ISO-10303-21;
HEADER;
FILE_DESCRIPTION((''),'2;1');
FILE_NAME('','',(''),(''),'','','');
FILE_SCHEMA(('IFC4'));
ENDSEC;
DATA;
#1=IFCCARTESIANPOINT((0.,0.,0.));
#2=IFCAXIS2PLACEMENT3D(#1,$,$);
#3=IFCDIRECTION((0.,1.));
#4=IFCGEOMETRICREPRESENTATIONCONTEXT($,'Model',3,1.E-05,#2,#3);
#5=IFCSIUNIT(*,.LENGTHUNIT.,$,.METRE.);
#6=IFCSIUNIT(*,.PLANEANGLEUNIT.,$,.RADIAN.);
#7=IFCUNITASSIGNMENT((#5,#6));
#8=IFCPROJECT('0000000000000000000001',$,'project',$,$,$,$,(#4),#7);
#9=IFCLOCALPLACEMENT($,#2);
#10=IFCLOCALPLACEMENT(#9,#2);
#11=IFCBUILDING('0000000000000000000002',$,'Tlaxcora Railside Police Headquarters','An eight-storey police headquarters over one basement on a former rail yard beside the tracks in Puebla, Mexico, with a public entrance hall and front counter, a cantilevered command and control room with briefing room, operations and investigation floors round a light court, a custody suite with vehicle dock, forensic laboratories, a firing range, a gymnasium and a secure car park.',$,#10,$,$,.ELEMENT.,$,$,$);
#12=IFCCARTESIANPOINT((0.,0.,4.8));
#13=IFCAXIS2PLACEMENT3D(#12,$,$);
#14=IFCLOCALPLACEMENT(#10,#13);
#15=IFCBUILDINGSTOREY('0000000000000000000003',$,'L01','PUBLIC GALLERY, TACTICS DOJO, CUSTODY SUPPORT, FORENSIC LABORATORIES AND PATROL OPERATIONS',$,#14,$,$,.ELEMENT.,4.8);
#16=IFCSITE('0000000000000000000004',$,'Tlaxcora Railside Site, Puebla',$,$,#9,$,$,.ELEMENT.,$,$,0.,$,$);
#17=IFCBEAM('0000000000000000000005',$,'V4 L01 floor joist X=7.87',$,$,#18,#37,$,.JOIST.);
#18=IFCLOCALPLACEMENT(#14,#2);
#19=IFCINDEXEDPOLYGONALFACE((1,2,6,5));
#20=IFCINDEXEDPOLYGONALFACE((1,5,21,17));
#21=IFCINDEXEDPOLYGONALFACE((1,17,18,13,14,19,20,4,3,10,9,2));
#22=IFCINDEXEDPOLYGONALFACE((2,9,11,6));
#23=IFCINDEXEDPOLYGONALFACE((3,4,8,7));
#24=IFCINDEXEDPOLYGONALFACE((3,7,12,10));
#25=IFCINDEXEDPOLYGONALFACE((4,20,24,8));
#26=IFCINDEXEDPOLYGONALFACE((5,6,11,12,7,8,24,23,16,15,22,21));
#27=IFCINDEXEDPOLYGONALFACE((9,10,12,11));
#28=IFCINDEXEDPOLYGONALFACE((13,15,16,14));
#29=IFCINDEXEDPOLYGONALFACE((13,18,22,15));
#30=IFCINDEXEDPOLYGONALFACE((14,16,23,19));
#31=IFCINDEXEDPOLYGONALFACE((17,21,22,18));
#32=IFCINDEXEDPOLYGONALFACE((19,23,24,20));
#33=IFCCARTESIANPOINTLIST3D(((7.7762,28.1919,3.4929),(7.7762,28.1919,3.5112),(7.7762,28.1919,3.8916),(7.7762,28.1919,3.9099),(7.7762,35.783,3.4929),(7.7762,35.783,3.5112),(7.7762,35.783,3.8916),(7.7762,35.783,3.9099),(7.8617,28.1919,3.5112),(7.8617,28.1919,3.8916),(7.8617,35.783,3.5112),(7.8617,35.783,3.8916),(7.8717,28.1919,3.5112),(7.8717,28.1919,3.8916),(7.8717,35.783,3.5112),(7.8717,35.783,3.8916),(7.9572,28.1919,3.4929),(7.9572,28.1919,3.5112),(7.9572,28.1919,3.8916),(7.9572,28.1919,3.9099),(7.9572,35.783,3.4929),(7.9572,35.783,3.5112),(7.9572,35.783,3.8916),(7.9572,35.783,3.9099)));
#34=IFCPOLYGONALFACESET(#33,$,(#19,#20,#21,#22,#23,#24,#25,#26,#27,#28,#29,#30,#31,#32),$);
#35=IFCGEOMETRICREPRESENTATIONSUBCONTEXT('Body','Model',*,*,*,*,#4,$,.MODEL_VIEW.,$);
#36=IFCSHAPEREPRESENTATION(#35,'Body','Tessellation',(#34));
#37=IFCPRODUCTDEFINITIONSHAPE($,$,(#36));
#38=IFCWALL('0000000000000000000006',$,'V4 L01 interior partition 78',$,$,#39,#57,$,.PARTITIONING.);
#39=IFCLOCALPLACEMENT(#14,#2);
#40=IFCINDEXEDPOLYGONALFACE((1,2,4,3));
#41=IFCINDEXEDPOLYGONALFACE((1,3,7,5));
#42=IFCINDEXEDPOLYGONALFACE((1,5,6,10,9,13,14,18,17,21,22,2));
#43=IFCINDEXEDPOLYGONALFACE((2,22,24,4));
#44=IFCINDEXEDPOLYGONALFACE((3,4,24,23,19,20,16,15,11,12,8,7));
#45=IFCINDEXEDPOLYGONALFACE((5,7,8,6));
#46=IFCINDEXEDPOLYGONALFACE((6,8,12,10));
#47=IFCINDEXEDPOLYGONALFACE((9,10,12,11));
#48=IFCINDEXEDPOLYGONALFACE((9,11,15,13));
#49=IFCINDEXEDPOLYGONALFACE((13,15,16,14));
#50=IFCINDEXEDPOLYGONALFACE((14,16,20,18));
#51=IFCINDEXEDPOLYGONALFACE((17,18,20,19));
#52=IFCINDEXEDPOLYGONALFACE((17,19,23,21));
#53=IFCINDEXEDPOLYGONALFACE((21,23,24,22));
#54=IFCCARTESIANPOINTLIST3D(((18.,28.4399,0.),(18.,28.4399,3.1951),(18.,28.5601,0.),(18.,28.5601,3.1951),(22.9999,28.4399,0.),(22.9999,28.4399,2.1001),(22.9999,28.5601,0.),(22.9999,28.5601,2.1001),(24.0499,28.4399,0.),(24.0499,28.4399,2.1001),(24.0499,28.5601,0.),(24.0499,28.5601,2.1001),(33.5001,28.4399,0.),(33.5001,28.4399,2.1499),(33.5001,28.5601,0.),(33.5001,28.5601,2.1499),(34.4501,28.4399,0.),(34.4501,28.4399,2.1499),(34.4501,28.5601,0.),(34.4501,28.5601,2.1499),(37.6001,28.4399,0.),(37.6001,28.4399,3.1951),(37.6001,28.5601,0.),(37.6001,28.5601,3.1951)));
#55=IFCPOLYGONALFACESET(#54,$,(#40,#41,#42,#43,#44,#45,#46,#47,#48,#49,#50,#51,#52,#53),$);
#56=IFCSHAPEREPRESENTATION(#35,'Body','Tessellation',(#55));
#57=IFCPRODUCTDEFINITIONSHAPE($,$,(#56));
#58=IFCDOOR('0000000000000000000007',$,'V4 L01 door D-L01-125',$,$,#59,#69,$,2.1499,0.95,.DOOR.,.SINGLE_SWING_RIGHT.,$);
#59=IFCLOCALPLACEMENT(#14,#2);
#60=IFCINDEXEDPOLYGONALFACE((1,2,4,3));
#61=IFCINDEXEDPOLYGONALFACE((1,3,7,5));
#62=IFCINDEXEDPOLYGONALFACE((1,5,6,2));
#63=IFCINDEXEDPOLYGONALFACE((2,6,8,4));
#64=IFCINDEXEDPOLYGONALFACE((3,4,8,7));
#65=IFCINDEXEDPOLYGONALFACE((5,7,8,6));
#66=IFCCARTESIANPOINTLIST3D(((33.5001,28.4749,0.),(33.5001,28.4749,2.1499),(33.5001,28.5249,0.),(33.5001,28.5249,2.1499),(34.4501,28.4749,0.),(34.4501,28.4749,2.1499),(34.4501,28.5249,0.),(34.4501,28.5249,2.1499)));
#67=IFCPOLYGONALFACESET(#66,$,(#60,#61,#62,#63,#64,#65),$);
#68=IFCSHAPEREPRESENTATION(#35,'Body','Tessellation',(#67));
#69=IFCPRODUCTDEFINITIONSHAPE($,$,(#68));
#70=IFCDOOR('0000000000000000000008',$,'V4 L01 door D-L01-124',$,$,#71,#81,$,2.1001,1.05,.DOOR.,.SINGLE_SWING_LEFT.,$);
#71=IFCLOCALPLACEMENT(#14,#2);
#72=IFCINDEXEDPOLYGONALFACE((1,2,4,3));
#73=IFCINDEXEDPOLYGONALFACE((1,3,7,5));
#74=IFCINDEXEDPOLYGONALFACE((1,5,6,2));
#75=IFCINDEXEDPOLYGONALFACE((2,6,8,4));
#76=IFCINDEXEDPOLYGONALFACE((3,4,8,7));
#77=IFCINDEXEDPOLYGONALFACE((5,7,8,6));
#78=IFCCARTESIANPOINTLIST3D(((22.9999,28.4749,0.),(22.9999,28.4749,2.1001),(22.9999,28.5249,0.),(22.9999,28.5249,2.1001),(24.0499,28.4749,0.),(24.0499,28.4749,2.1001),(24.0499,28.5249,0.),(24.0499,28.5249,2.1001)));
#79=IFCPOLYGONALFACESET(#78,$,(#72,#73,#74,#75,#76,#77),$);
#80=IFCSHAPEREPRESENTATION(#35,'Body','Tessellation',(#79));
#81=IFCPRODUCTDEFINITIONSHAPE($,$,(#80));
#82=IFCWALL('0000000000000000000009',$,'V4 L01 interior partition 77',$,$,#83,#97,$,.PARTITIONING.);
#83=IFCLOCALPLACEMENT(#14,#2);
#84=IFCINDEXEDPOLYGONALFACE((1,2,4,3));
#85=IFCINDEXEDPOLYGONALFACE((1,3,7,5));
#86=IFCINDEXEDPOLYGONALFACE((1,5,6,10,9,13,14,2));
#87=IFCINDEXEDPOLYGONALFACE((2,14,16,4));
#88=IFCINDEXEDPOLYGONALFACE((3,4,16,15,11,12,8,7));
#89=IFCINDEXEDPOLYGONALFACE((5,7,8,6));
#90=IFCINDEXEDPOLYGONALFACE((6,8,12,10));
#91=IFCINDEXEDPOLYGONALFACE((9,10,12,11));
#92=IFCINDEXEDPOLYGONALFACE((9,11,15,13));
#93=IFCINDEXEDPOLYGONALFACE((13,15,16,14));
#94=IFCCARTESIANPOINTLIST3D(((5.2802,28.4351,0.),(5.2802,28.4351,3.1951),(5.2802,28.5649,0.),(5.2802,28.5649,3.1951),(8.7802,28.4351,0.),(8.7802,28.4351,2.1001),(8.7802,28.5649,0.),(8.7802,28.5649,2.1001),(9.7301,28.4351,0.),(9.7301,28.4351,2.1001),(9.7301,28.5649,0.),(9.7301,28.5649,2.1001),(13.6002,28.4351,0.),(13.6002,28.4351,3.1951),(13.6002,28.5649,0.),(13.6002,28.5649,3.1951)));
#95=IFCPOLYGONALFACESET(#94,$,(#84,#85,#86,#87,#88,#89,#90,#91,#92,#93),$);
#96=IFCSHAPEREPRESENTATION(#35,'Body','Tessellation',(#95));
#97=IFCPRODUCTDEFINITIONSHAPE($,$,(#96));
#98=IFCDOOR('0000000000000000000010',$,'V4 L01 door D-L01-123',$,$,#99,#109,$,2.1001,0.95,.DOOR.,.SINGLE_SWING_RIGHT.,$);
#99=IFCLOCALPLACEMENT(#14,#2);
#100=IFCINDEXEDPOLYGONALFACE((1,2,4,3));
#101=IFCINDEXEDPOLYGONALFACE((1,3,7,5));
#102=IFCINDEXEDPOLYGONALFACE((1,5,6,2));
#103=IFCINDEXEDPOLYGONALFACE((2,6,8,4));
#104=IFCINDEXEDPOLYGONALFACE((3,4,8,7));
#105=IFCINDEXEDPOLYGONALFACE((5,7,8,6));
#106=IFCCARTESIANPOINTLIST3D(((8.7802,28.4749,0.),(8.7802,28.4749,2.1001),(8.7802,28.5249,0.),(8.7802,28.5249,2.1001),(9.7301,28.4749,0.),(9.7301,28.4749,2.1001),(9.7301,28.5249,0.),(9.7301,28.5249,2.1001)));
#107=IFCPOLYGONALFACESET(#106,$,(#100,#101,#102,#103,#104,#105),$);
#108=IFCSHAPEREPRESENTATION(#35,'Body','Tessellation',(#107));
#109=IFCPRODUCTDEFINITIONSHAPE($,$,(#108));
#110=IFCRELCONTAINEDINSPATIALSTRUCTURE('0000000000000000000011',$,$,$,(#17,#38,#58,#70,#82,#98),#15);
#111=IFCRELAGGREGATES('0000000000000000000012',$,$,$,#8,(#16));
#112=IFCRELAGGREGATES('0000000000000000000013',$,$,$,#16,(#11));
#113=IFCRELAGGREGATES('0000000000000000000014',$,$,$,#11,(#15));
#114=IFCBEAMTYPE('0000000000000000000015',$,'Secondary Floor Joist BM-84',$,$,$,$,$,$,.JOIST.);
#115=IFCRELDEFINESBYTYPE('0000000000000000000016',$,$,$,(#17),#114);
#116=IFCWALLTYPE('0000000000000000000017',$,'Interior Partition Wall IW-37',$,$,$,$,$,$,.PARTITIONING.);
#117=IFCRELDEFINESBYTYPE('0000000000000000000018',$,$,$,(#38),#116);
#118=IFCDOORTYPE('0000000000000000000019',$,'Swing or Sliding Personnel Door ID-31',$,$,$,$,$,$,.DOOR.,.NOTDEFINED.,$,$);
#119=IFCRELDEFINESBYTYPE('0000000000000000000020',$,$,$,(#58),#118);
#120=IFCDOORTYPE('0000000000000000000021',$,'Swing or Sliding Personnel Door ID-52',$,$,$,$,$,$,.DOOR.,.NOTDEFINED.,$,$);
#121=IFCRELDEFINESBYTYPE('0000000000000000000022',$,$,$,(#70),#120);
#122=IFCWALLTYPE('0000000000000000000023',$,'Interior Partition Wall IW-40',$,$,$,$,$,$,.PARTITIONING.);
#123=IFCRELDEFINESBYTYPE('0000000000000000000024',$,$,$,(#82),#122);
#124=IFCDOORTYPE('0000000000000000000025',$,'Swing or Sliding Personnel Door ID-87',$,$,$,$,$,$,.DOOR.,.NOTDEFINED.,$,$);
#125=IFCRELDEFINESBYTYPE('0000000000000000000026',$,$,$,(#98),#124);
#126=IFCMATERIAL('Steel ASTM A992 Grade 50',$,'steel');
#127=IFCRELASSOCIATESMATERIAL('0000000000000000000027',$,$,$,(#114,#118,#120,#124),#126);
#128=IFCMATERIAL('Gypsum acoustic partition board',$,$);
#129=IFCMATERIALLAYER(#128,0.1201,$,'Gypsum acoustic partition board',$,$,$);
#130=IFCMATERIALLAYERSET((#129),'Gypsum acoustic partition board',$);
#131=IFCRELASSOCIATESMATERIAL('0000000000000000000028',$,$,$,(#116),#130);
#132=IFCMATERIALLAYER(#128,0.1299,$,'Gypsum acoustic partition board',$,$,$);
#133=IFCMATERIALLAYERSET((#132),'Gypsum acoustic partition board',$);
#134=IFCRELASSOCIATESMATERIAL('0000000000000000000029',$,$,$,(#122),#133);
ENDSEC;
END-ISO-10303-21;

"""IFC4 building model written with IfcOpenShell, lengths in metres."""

from ifc_helpers import new_model, si_unit, direction, frame, frame_2d, origin, origin_2d, place, context, subcontext, project, spatial, rectangle, i_section, extrude, material, layer, layer_set, material_profile, profile_set, type_object, element, fill, save


model = new_model("IFC4")

# Units and contexts
model_context = context("Model", 3, precision=1e-05, world=origin(), true_north=direction((0.0, 1.0)))
body_context = subcontext(model_context, "Body", "Model", "MODEL_VIEW")
ifc_project = project(units=[si_unit("LENGTHUNIT", "METRE"), si_unit("PLANEANGLEUNIT", "RADIAN")], contexts=[model_context])

# Site, building, storey
site_placement = place(None, origin())
site = spatial("IfcSite", under=ifc_project, at=site_placement, Name="Tlaxcora Railside Site, Puebla", CompositionType="ELEMENT", RefElevation=0.0)
building_placement = place(site_placement, origin())
building = spatial("IfcBuilding", under=site, at=building_placement, Name="Tlaxcora Railside Police Headquarters", Description="An eight-storey police headquarters over one basement on a former rail yard beside the tracks in Puebla, Mexico, with a public entrance hall and front counter, a cantilevered command and control room with briefing room, operations and investigation floors round a light court, a custody suite with vehicle dock, forensic laboratories, a firing range, a gymnasium and a secure car park.", CompositionType="ELEMENT")
storey_placement = place(building_placement, frame((0.0, 0.0, 4.8)))
storey = spatial("IfcBuildingStorey", under=building, at=storey_placement, Name="L01", Description="PUBLIC GALLERY, TACTICS DOJO, CUSTODY SUPPORT, FORENSIC LABORATORIES AND PATROL OPERATIONS", CompositionType="ELEMENT", Elevation=4.8)

# Beam
ifc_material_1 = material(Name="Steel ASTM A992 Grade 50", Category="steel")
ifc_material_profile_1 = material_profile(ifc_material_1, i_section(OverallWidth=0.1809, OverallDepth=0.417, WebThickness=0.01, FlangeThickness=0.0183, at=origin_2d()), Name="W16X57")
ifc_profile_set_1 = profile_set([ifc_material_profile_1], Name="Steel ASTM A992 Grade 50")
beam_type_1 = type_object("IfcBeamType", Name="Secondary Floor Joist BM-84", PredefinedType="JOIST", material=ifc_profile_set_1)
beam_1_placement = place(storey_placement, frame((7.8667, 28.1919, 3.7014), z_axis=(0.0, 1.0, 0.0), x_axis=(-1.0, 0.0, 0.0)))
element("IfcBeam", 1, at=beam_1_placement, inside=storey, type_object=beam_type_1, Name="V4 L01 floor joist X=7.87", PredefinedType="JOIST", context=body_context, shape_type="SweptSolid", body=[
    extrude(i_section(OverallWidth=0.1809, OverallDepth=0.417, WebThickness=0.01, FlangeThickness=0.0183, at=origin_2d()), origin(), (0.0, 0.0, 1.0), 7.5911),
])

# Wall, openings, doors
ifc_material_2 = material(Name="Gypsum acoustic partition board")
ifc_layer_1 = layer(ifc_material_2, 0.1201, Name="Gypsum acoustic partition board")
ifc_layer_set_1 = layer_set([ifc_layer_1], Name="Gypsum acoustic partition board")
wall_type_1 = type_object("IfcWallType", Name="Interior Partition Wall IW-37", PredefinedType="PARTITIONING", material=ifc_layer_set_1)
wall_1_placement = place(storey_placement, frame((18.0, 28.5, 0.0), z_axis=(0.0, 0.0, 1.0), x_axis=(1.0, 0.0, 0.0)))
wall_1 = element("IfcWall", 2, at=wall_1_placement, inside=storey, type_object=wall_type_1, Name="V4 L01 interior partition 78", PredefinedType="PARTITIONING", context=body_context, shape_type="SweptSolid", body=[
    extrude(rectangle(XDim=19.6001, YDim=0.1201, at=frame_2d((9.8, 0.0))), origin(), (0.0, 0.0, 1.0), 3.1951),
])
opening_1_placement = place(wall_1_placement, frame((5.0, 0.0, 0.0)))
opening_1 = element("IfcOpeningElement", 3, at=opening_1_placement, cuts=wall_1, PredefinedType="OPENING", context=body_context, shape_type="SweptSolid", body=[
    extrude(rectangle(XDim=1.05, YDim=2.1001, at=frame_2d((0.5249, 1.05))), frame((0.0, 0.0701, 0.0), z_axis=(0.0, -1.0, 0.0), x_axis=(1.0, 0.0, 0.0)), (0.0, 0.0, 1.0), 0.1401),
])
opening_2_placement = place(wall_1_placement, frame((15.5, 0.0, 0.0)))
opening_2 = element("IfcOpeningElement", 4, at=opening_2_placement, cuts=wall_1, PredefinedType="OPENING", context=body_context, shape_type="SweptSolid", body=[
    extrude(rectangle(XDim=0.95, YDim=2.1499, at=frame_2d((0.4751, 1.075))), frame((0.0, 0.0701, 0.0), z_axis=(0.0, -1.0, 0.0), x_axis=(1.0, 0.0, 0.0)), (0.0, 0.0, 1.0), 0.1401),
])
door_type_1 = type_object("IfcDoorType", Name="Swing or Sliding Personnel Door ID-31", OperationType="NOTDEFINED", PredefinedType="DOOR", material=ifc_material_1)
door_1_placement = place(opening_2_placement, origin())
door_1 = element("IfcDoor", 5, at=door_1_placement, inside=storey, type_object=door_type_1, Name="V4 L01 door D-L01-125", OperationType="SINGLE_SWING_RIGHT", OverallHeight=2.1499, OverallWidth=0.95, PredefinedType="DOOR", context=body_context, shape_type="SweptSolid", body=[
    extrude(rectangle(XDim=0.95, YDim=2.1499, at=frame_2d((0.4751, 1.075))), frame((0.0, 0.0249, 0.0), z_axis=(0.0, -1.0, 0.0), x_axis=(1.0, 0.0, 0.0)), (0.0, 0.0, 1.0), 0.05),
])
fill(opening_2, door_1)
door_type_2 = type_object("IfcDoorType", Name="Swing or Sliding Personnel Door ID-52", OperationType="NOTDEFINED", PredefinedType="DOOR", material=ifc_material_1)
door_2_placement = place(opening_1_placement, origin())
door_2 = element("IfcDoor", 6, at=door_2_placement, inside=storey, type_object=door_type_2, Name="V4 L01 door D-L01-124", OperationType="SINGLE_SWING_LEFT", OverallHeight=2.1001, OverallWidth=1.05, PredefinedType="DOOR", context=body_context, shape_type="SweptSolid", body=[
    extrude(rectangle(XDim=1.05, YDim=2.1001, at=frame_2d((0.5249, 1.05))), frame((0.0, 0.0249, 0.0), z_axis=(0.0, -1.0, 0.0), x_axis=(1.0, 0.0, 0.0)), (0.0, 0.0, 1.0), 0.05),
])
fill(opening_1, door_2)

# Wall, opening, door
ifc_layer_2 = layer(ifc_material_2, 0.1299, Name="Gypsum acoustic partition board")
ifc_layer_set_2 = layer_set([ifc_layer_2], Name="Gypsum acoustic partition board")
wall_type_2 = type_object("IfcWallType", Name="Interior Partition Wall IW-40", PredefinedType="PARTITIONING", material=ifc_layer_set_2)
wall_2_placement = place(storey_placement, frame((5.28, 28.5, 0.0), z_axis=(0.0, 0.0, 1.0), x_axis=(1.0, 0.0, 0.0)))
wall_2 = element("IfcWall", 7, at=wall_2_placement, inside=storey, type_object=wall_type_2, Name="V4 L01 interior partition 77", PredefinedType="PARTITIONING", context=body_context, shape_type="SweptSolid", body=[
    extrude(rectangle(XDim=8.3201, YDim=0.1299, at=frame_2d((4.1602, 0.0))), origin(), (0.0, 0.0, 1.0), 3.1951),
])
opening_3_placement = place(wall_2_placement, frame((3.5, 0.0, 0.0)))
opening_3 = element("IfcOpeningElement", 8, at=opening_3_placement, cuts=wall_2, PredefinedType="OPENING", context=body_context, shape_type="SweptSolid", body=[
    extrude(rectangle(XDim=0.95, YDim=2.1001, at=frame_2d((0.4751, 1.05))), frame((0.0, 0.075, 0.0), z_axis=(0.0, -1.0, 0.0), x_axis=(1.0, 0.0, 0.0)), (0.0, 0.0, 1.0), 0.1499),
])
door_type_3 = type_object("IfcDoorType", Name="Swing or Sliding Personnel Door ID-87", OperationType="NOTDEFINED", PredefinedType="DOOR", material=ifc_material_1)
door_3_placement = place(opening_3_placement, origin())
door_3 = element("IfcDoor", 9, at=door_3_placement, inside=storey, type_object=door_type_3, Name="V4 L01 door D-L01-123", OperationType="SINGLE_SWING_RIGHT", OverallHeight=2.1001, OverallWidth=0.95, PredefinedType="DOOR", context=body_context, shape_type="SweptSolid", body=[
    extrude(rectangle(XDim=0.95, YDim=2.1001, at=frame_2d((0.4751, 1.05))), frame((0.0, 0.0249, 0.0), z_axis=(0.0, -1.0, 0.0), x_axis=(1.0, 0.0, 0.0)), (0.0, 0.0, 1.0), 0.05),
])
fill(opening_3, door_3)

save(model, "model.ifc")
